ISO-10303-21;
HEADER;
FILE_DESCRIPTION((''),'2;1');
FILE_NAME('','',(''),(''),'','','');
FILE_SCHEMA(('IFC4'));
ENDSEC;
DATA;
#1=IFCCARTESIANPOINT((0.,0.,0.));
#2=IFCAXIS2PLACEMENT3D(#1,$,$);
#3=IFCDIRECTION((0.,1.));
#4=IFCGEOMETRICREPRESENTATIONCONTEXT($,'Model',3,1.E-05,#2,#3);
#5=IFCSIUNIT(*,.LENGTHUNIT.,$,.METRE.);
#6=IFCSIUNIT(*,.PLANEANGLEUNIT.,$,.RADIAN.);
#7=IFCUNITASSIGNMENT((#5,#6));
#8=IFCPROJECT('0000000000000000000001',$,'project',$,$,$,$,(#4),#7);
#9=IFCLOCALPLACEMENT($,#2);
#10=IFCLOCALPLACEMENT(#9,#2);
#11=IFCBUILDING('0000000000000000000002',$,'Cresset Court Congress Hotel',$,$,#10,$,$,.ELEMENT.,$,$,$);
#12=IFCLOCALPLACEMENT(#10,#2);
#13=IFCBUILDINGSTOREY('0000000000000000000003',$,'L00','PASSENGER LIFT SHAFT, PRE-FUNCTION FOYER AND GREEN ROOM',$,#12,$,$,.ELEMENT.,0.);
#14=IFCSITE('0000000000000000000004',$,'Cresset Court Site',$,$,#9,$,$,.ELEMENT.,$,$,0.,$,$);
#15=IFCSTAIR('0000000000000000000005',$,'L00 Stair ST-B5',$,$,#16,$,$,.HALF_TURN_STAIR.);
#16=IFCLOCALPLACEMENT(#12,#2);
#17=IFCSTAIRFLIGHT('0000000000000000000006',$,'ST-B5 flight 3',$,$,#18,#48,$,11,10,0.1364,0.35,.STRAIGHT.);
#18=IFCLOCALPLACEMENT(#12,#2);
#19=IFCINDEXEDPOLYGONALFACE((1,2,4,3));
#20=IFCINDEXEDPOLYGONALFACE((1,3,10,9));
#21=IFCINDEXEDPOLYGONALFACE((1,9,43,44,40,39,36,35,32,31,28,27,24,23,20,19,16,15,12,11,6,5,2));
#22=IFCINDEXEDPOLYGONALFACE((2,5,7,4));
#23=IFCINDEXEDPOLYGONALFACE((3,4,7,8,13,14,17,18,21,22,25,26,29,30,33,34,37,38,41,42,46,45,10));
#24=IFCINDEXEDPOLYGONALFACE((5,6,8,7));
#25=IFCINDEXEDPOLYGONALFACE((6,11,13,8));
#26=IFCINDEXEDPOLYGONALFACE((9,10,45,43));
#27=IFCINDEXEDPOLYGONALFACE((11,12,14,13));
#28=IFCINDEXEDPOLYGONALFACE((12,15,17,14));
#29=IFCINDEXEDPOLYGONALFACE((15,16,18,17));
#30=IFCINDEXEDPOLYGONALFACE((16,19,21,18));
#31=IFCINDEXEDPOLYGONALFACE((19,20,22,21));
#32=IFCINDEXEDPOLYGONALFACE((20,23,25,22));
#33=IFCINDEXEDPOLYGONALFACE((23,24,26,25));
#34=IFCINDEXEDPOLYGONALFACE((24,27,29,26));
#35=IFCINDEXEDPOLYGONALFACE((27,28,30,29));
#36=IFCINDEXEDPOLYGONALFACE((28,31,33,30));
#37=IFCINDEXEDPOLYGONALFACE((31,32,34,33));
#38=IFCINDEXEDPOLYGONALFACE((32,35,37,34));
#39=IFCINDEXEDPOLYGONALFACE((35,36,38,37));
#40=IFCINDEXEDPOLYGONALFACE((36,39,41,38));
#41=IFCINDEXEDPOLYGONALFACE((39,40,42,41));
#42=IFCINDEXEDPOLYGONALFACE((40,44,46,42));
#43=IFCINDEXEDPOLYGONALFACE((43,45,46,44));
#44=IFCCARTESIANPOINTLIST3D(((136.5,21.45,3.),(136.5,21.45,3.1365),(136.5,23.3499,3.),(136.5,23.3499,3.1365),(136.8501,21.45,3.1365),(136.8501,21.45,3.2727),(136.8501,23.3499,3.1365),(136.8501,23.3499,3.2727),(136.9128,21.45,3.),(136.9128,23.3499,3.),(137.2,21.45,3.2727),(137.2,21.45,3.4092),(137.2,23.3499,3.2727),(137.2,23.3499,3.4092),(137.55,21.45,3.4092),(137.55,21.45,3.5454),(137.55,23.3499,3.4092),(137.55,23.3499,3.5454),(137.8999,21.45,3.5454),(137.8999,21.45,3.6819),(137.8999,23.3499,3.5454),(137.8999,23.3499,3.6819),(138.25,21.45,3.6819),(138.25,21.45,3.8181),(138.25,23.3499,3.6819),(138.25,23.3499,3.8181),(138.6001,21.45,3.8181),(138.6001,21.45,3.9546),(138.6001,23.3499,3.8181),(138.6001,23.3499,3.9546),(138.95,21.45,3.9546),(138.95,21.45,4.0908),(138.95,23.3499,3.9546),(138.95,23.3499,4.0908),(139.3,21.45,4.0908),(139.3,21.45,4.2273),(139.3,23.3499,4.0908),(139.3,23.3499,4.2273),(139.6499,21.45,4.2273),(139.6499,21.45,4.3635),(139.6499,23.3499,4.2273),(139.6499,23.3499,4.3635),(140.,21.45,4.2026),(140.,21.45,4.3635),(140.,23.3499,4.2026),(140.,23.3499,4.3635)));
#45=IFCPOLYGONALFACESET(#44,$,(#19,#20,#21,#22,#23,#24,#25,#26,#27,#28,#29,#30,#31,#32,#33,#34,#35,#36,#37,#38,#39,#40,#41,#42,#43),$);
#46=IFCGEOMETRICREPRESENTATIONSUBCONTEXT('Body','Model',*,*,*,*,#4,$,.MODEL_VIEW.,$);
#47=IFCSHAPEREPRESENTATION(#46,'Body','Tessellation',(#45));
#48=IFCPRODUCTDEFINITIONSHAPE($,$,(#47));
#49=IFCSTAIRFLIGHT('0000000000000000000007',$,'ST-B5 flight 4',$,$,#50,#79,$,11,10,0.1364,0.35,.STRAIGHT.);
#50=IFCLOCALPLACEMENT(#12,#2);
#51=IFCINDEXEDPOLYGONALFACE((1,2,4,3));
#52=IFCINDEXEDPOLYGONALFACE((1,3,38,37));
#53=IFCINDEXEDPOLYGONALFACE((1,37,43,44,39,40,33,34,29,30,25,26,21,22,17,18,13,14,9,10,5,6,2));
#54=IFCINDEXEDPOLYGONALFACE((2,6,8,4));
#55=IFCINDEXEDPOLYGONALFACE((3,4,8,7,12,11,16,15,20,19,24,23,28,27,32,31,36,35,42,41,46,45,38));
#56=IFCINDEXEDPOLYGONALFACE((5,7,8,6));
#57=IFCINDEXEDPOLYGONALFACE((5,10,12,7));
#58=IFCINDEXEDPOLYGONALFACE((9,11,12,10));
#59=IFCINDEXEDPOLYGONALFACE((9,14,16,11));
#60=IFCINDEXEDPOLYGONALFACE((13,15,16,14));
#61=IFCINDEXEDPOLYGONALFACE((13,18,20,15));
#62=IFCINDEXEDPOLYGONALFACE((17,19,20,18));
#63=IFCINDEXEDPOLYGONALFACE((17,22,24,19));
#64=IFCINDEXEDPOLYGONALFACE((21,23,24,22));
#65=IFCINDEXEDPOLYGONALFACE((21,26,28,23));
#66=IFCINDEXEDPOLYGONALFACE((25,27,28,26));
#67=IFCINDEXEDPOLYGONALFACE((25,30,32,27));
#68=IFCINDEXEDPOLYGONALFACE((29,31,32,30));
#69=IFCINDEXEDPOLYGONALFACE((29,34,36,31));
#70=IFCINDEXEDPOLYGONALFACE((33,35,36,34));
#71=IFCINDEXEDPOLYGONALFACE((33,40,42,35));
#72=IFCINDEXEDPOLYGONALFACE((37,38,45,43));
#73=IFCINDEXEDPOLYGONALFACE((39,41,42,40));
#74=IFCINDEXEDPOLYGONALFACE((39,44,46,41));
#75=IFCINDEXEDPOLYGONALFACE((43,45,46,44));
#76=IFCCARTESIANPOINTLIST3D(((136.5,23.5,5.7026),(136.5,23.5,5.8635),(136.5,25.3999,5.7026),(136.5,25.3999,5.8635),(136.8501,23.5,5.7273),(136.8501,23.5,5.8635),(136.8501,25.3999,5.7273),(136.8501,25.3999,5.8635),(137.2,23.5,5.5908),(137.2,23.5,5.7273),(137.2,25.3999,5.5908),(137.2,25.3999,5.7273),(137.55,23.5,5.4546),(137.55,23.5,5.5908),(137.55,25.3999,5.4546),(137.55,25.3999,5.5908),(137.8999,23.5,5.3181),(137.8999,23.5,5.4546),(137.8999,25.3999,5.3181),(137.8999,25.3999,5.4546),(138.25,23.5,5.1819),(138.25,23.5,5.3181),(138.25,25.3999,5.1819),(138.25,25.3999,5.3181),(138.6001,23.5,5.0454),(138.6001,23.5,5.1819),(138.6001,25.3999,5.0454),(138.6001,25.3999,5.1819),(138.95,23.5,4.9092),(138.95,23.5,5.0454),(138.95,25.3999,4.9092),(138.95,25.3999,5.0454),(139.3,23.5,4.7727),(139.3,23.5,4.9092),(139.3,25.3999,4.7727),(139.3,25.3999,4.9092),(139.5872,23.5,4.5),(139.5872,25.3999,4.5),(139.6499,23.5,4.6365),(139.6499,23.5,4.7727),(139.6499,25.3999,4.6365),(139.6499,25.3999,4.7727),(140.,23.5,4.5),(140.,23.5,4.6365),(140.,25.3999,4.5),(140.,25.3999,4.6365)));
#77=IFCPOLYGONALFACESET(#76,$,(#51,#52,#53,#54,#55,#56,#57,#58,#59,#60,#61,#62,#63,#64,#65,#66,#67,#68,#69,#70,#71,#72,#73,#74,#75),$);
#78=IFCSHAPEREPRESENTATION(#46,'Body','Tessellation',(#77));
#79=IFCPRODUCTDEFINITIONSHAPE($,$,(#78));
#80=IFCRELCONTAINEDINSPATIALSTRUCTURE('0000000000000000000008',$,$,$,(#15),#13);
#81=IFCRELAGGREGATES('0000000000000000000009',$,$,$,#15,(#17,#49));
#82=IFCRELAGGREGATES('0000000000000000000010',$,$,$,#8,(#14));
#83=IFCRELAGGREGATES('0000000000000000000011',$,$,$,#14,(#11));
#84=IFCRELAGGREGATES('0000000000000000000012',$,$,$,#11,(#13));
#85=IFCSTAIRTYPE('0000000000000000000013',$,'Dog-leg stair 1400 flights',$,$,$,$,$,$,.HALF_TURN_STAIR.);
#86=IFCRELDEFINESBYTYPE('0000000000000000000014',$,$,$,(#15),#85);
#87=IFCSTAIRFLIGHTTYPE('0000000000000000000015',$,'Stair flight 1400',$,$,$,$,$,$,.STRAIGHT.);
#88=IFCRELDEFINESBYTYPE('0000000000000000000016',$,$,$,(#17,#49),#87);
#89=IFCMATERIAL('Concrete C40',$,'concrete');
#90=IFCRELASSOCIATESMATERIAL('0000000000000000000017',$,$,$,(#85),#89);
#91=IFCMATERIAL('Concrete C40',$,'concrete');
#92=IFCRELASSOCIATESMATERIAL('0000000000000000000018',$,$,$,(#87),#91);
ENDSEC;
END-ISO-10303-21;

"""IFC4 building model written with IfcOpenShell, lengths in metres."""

from ifc_helpers import new_model, si_unit, direction, frame, origin, place, context, subcontext, project, spatial, polyline, outline, extrude, material, type_object, element, aggregate, save


model = new_model("IFC4")

# Units and contexts
model_context = context("Model", 3, precision=1e-05, world=origin(), true_north=direction((0.0, 1.0)))
body_context = subcontext(model_context, "Body", "Model", "MODEL_VIEW")
ifc_project = project(units=[si_unit("LENGTHUNIT", "METRE"), si_unit("PLANEANGLEUNIT", "RADIAN")], contexts=[model_context])

# Site, building, storey
site_placement = place(None, origin())
site = spatial("IfcSite", under=ifc_project, at=site_placement, Name="Cresset Court Site", CompositionType="ELEMENT", RefElevation=0.0)
building_placement = place(site_placement, origin())
building = spatial("IfcBuilding", under=site, at=building_placement, Name="Cresset Court Congress Hotel", CompositionType="ELEMENT")
storey_placement = place(building_placement, origin())
storey = spatial("IfcBuildingStorey", under=building, at=storey_placement, Name="L00", Description="PASSENGER LIFT SHAFT, PRE-FUNCTION FOYER AND GREEN ROOM", CompositionType="ELEMENT", Elevation=0.0)

# Stair, stair flights
ifc_material_1 = material(Name="Concrete C40", Category="concrete")
stair_type = type_object("IfcStairType", Name="Dog-leg stair 1400 flights", PredefinedType="HALF_TURN_STAIR", material=ifc_material_1)
stair_placement = place(storey_placement, origin())
stair = element("IfcStair", 1, at=stair_placement, inside=storey, type_object=stair_type, Name="L00 Stair ST-B5", PredefinedType="HALF_TURN_STAIR")
ifc_material_2 = material(Name="Concrete C40", Category="concrete")
stair_flight_type = type_object("IfcStairFlightType", Name="Stair flight 1400", PredefinedType="STRAIGHT", material=ifc_material_2)
stair_flight_1_placement = place(storey_placement, frame((136.5, 22.3999, 3.0), z_axis=(0.0, 0.0, 1.0), x_axis=(1.0, 0.0, 0.0)))
stair_flight_1 = element("IfcStairFlight", 2, at=stair_flight_1_placement, type_object=stair_flight_type, Name="ST-B5 flight 3", NumberOfRisers=11, NumberOfTreads=10, PredefinedType="STRAIGHT", RiserHeight=0.1364, TreadLength=0.35, context=body_context, shape_type="SweptSolid", body=[
    extrude(outline(polyline([(0.0, 0.0), (0.0, 0.1365), (0.3501, 0.1365), (0.3501, 0.2727), (0.7, 0.2727), (0.7, 0.4092), (1.05, 0.4092), (1.05, 0.5454), (1.3999, 0.5454), (1.3999, 0.6819), (1.75, 0.6819), (1.75, 0.8181), (2.1001, 0.8181), (2.1001, 0.9546), (2.45, 0.9546), (2.45, 1.0908), (2.8, 1.0908), (2.8, 1.2273), (3.1499, 1.2273), (3.1499, 1.3635), (3.5, 1.3635), (3.5, 1.5), (3.5, 1.2026), (0.4128, 0.0), (0.0, 0.0)])), frame((0.0, 0.95, 0.0), z_axis=(0.0, -1.0, 0.0), x_axis=(1.0, 0.0, 0.0)), (0.0, 0.0, 1.0), 1.8999),
])
stair_flight_2_placement = place(storey_placement, frame((140.0, 24.45, 4.5), z_axis=(0.0, 0.0, 1.0), x_axis=(-1.0, 0.0, 0.0)))
stair_flight_2 = element("IfcStairFlight", 3, at=stair_flight_2_placement, type_object=stair_flight_type, Name="ST-B5 flight 4", NumberOfRisers=11, NumberOfTreads=10, PredefinedType="STRAIGHT", RiserHeight=0.1364, TreadLength=0.35, context=body_context, shape_type="SweptSolid", body=[
    extrude(outline(polyline([(0.0, 0.0), (0.0, 0.1365), (0.3501, 0.1365), (0.3501, 0.2727), (0.7, 0.2727), (0.7, 0.4092), (1.05, 0.4092), (1.05, 0.5454), (1.3999, 0.5454), (1.3999, 0.6819), (1.75, 0.6819), (1.75, 0.8181), (2.1001, 0.8181), (2.1001, 0.9546), (2.45, 0.9546), (2.45, 1.0908), (2.8, 1.0908), (2.8, 1.2273), (3.1499, 1.2273), (3.1499, 1.3635), (3.5, 1.3635), (3.5, 1.5), (3.5, 1.2026), (0.4128, 0.0), (0.0, 0.0)])), frame((0.0, 0.95, 0.0), z_axis=(0.0, -1.0, 0.0), x_axis=(1.0, 0.0, 0.0)), (0.0, 0.0, 1.0), 1.8999),
])
aggregate(stair, [stair_flight_1, stair_flight_2])

save(model, "model.ifc")
